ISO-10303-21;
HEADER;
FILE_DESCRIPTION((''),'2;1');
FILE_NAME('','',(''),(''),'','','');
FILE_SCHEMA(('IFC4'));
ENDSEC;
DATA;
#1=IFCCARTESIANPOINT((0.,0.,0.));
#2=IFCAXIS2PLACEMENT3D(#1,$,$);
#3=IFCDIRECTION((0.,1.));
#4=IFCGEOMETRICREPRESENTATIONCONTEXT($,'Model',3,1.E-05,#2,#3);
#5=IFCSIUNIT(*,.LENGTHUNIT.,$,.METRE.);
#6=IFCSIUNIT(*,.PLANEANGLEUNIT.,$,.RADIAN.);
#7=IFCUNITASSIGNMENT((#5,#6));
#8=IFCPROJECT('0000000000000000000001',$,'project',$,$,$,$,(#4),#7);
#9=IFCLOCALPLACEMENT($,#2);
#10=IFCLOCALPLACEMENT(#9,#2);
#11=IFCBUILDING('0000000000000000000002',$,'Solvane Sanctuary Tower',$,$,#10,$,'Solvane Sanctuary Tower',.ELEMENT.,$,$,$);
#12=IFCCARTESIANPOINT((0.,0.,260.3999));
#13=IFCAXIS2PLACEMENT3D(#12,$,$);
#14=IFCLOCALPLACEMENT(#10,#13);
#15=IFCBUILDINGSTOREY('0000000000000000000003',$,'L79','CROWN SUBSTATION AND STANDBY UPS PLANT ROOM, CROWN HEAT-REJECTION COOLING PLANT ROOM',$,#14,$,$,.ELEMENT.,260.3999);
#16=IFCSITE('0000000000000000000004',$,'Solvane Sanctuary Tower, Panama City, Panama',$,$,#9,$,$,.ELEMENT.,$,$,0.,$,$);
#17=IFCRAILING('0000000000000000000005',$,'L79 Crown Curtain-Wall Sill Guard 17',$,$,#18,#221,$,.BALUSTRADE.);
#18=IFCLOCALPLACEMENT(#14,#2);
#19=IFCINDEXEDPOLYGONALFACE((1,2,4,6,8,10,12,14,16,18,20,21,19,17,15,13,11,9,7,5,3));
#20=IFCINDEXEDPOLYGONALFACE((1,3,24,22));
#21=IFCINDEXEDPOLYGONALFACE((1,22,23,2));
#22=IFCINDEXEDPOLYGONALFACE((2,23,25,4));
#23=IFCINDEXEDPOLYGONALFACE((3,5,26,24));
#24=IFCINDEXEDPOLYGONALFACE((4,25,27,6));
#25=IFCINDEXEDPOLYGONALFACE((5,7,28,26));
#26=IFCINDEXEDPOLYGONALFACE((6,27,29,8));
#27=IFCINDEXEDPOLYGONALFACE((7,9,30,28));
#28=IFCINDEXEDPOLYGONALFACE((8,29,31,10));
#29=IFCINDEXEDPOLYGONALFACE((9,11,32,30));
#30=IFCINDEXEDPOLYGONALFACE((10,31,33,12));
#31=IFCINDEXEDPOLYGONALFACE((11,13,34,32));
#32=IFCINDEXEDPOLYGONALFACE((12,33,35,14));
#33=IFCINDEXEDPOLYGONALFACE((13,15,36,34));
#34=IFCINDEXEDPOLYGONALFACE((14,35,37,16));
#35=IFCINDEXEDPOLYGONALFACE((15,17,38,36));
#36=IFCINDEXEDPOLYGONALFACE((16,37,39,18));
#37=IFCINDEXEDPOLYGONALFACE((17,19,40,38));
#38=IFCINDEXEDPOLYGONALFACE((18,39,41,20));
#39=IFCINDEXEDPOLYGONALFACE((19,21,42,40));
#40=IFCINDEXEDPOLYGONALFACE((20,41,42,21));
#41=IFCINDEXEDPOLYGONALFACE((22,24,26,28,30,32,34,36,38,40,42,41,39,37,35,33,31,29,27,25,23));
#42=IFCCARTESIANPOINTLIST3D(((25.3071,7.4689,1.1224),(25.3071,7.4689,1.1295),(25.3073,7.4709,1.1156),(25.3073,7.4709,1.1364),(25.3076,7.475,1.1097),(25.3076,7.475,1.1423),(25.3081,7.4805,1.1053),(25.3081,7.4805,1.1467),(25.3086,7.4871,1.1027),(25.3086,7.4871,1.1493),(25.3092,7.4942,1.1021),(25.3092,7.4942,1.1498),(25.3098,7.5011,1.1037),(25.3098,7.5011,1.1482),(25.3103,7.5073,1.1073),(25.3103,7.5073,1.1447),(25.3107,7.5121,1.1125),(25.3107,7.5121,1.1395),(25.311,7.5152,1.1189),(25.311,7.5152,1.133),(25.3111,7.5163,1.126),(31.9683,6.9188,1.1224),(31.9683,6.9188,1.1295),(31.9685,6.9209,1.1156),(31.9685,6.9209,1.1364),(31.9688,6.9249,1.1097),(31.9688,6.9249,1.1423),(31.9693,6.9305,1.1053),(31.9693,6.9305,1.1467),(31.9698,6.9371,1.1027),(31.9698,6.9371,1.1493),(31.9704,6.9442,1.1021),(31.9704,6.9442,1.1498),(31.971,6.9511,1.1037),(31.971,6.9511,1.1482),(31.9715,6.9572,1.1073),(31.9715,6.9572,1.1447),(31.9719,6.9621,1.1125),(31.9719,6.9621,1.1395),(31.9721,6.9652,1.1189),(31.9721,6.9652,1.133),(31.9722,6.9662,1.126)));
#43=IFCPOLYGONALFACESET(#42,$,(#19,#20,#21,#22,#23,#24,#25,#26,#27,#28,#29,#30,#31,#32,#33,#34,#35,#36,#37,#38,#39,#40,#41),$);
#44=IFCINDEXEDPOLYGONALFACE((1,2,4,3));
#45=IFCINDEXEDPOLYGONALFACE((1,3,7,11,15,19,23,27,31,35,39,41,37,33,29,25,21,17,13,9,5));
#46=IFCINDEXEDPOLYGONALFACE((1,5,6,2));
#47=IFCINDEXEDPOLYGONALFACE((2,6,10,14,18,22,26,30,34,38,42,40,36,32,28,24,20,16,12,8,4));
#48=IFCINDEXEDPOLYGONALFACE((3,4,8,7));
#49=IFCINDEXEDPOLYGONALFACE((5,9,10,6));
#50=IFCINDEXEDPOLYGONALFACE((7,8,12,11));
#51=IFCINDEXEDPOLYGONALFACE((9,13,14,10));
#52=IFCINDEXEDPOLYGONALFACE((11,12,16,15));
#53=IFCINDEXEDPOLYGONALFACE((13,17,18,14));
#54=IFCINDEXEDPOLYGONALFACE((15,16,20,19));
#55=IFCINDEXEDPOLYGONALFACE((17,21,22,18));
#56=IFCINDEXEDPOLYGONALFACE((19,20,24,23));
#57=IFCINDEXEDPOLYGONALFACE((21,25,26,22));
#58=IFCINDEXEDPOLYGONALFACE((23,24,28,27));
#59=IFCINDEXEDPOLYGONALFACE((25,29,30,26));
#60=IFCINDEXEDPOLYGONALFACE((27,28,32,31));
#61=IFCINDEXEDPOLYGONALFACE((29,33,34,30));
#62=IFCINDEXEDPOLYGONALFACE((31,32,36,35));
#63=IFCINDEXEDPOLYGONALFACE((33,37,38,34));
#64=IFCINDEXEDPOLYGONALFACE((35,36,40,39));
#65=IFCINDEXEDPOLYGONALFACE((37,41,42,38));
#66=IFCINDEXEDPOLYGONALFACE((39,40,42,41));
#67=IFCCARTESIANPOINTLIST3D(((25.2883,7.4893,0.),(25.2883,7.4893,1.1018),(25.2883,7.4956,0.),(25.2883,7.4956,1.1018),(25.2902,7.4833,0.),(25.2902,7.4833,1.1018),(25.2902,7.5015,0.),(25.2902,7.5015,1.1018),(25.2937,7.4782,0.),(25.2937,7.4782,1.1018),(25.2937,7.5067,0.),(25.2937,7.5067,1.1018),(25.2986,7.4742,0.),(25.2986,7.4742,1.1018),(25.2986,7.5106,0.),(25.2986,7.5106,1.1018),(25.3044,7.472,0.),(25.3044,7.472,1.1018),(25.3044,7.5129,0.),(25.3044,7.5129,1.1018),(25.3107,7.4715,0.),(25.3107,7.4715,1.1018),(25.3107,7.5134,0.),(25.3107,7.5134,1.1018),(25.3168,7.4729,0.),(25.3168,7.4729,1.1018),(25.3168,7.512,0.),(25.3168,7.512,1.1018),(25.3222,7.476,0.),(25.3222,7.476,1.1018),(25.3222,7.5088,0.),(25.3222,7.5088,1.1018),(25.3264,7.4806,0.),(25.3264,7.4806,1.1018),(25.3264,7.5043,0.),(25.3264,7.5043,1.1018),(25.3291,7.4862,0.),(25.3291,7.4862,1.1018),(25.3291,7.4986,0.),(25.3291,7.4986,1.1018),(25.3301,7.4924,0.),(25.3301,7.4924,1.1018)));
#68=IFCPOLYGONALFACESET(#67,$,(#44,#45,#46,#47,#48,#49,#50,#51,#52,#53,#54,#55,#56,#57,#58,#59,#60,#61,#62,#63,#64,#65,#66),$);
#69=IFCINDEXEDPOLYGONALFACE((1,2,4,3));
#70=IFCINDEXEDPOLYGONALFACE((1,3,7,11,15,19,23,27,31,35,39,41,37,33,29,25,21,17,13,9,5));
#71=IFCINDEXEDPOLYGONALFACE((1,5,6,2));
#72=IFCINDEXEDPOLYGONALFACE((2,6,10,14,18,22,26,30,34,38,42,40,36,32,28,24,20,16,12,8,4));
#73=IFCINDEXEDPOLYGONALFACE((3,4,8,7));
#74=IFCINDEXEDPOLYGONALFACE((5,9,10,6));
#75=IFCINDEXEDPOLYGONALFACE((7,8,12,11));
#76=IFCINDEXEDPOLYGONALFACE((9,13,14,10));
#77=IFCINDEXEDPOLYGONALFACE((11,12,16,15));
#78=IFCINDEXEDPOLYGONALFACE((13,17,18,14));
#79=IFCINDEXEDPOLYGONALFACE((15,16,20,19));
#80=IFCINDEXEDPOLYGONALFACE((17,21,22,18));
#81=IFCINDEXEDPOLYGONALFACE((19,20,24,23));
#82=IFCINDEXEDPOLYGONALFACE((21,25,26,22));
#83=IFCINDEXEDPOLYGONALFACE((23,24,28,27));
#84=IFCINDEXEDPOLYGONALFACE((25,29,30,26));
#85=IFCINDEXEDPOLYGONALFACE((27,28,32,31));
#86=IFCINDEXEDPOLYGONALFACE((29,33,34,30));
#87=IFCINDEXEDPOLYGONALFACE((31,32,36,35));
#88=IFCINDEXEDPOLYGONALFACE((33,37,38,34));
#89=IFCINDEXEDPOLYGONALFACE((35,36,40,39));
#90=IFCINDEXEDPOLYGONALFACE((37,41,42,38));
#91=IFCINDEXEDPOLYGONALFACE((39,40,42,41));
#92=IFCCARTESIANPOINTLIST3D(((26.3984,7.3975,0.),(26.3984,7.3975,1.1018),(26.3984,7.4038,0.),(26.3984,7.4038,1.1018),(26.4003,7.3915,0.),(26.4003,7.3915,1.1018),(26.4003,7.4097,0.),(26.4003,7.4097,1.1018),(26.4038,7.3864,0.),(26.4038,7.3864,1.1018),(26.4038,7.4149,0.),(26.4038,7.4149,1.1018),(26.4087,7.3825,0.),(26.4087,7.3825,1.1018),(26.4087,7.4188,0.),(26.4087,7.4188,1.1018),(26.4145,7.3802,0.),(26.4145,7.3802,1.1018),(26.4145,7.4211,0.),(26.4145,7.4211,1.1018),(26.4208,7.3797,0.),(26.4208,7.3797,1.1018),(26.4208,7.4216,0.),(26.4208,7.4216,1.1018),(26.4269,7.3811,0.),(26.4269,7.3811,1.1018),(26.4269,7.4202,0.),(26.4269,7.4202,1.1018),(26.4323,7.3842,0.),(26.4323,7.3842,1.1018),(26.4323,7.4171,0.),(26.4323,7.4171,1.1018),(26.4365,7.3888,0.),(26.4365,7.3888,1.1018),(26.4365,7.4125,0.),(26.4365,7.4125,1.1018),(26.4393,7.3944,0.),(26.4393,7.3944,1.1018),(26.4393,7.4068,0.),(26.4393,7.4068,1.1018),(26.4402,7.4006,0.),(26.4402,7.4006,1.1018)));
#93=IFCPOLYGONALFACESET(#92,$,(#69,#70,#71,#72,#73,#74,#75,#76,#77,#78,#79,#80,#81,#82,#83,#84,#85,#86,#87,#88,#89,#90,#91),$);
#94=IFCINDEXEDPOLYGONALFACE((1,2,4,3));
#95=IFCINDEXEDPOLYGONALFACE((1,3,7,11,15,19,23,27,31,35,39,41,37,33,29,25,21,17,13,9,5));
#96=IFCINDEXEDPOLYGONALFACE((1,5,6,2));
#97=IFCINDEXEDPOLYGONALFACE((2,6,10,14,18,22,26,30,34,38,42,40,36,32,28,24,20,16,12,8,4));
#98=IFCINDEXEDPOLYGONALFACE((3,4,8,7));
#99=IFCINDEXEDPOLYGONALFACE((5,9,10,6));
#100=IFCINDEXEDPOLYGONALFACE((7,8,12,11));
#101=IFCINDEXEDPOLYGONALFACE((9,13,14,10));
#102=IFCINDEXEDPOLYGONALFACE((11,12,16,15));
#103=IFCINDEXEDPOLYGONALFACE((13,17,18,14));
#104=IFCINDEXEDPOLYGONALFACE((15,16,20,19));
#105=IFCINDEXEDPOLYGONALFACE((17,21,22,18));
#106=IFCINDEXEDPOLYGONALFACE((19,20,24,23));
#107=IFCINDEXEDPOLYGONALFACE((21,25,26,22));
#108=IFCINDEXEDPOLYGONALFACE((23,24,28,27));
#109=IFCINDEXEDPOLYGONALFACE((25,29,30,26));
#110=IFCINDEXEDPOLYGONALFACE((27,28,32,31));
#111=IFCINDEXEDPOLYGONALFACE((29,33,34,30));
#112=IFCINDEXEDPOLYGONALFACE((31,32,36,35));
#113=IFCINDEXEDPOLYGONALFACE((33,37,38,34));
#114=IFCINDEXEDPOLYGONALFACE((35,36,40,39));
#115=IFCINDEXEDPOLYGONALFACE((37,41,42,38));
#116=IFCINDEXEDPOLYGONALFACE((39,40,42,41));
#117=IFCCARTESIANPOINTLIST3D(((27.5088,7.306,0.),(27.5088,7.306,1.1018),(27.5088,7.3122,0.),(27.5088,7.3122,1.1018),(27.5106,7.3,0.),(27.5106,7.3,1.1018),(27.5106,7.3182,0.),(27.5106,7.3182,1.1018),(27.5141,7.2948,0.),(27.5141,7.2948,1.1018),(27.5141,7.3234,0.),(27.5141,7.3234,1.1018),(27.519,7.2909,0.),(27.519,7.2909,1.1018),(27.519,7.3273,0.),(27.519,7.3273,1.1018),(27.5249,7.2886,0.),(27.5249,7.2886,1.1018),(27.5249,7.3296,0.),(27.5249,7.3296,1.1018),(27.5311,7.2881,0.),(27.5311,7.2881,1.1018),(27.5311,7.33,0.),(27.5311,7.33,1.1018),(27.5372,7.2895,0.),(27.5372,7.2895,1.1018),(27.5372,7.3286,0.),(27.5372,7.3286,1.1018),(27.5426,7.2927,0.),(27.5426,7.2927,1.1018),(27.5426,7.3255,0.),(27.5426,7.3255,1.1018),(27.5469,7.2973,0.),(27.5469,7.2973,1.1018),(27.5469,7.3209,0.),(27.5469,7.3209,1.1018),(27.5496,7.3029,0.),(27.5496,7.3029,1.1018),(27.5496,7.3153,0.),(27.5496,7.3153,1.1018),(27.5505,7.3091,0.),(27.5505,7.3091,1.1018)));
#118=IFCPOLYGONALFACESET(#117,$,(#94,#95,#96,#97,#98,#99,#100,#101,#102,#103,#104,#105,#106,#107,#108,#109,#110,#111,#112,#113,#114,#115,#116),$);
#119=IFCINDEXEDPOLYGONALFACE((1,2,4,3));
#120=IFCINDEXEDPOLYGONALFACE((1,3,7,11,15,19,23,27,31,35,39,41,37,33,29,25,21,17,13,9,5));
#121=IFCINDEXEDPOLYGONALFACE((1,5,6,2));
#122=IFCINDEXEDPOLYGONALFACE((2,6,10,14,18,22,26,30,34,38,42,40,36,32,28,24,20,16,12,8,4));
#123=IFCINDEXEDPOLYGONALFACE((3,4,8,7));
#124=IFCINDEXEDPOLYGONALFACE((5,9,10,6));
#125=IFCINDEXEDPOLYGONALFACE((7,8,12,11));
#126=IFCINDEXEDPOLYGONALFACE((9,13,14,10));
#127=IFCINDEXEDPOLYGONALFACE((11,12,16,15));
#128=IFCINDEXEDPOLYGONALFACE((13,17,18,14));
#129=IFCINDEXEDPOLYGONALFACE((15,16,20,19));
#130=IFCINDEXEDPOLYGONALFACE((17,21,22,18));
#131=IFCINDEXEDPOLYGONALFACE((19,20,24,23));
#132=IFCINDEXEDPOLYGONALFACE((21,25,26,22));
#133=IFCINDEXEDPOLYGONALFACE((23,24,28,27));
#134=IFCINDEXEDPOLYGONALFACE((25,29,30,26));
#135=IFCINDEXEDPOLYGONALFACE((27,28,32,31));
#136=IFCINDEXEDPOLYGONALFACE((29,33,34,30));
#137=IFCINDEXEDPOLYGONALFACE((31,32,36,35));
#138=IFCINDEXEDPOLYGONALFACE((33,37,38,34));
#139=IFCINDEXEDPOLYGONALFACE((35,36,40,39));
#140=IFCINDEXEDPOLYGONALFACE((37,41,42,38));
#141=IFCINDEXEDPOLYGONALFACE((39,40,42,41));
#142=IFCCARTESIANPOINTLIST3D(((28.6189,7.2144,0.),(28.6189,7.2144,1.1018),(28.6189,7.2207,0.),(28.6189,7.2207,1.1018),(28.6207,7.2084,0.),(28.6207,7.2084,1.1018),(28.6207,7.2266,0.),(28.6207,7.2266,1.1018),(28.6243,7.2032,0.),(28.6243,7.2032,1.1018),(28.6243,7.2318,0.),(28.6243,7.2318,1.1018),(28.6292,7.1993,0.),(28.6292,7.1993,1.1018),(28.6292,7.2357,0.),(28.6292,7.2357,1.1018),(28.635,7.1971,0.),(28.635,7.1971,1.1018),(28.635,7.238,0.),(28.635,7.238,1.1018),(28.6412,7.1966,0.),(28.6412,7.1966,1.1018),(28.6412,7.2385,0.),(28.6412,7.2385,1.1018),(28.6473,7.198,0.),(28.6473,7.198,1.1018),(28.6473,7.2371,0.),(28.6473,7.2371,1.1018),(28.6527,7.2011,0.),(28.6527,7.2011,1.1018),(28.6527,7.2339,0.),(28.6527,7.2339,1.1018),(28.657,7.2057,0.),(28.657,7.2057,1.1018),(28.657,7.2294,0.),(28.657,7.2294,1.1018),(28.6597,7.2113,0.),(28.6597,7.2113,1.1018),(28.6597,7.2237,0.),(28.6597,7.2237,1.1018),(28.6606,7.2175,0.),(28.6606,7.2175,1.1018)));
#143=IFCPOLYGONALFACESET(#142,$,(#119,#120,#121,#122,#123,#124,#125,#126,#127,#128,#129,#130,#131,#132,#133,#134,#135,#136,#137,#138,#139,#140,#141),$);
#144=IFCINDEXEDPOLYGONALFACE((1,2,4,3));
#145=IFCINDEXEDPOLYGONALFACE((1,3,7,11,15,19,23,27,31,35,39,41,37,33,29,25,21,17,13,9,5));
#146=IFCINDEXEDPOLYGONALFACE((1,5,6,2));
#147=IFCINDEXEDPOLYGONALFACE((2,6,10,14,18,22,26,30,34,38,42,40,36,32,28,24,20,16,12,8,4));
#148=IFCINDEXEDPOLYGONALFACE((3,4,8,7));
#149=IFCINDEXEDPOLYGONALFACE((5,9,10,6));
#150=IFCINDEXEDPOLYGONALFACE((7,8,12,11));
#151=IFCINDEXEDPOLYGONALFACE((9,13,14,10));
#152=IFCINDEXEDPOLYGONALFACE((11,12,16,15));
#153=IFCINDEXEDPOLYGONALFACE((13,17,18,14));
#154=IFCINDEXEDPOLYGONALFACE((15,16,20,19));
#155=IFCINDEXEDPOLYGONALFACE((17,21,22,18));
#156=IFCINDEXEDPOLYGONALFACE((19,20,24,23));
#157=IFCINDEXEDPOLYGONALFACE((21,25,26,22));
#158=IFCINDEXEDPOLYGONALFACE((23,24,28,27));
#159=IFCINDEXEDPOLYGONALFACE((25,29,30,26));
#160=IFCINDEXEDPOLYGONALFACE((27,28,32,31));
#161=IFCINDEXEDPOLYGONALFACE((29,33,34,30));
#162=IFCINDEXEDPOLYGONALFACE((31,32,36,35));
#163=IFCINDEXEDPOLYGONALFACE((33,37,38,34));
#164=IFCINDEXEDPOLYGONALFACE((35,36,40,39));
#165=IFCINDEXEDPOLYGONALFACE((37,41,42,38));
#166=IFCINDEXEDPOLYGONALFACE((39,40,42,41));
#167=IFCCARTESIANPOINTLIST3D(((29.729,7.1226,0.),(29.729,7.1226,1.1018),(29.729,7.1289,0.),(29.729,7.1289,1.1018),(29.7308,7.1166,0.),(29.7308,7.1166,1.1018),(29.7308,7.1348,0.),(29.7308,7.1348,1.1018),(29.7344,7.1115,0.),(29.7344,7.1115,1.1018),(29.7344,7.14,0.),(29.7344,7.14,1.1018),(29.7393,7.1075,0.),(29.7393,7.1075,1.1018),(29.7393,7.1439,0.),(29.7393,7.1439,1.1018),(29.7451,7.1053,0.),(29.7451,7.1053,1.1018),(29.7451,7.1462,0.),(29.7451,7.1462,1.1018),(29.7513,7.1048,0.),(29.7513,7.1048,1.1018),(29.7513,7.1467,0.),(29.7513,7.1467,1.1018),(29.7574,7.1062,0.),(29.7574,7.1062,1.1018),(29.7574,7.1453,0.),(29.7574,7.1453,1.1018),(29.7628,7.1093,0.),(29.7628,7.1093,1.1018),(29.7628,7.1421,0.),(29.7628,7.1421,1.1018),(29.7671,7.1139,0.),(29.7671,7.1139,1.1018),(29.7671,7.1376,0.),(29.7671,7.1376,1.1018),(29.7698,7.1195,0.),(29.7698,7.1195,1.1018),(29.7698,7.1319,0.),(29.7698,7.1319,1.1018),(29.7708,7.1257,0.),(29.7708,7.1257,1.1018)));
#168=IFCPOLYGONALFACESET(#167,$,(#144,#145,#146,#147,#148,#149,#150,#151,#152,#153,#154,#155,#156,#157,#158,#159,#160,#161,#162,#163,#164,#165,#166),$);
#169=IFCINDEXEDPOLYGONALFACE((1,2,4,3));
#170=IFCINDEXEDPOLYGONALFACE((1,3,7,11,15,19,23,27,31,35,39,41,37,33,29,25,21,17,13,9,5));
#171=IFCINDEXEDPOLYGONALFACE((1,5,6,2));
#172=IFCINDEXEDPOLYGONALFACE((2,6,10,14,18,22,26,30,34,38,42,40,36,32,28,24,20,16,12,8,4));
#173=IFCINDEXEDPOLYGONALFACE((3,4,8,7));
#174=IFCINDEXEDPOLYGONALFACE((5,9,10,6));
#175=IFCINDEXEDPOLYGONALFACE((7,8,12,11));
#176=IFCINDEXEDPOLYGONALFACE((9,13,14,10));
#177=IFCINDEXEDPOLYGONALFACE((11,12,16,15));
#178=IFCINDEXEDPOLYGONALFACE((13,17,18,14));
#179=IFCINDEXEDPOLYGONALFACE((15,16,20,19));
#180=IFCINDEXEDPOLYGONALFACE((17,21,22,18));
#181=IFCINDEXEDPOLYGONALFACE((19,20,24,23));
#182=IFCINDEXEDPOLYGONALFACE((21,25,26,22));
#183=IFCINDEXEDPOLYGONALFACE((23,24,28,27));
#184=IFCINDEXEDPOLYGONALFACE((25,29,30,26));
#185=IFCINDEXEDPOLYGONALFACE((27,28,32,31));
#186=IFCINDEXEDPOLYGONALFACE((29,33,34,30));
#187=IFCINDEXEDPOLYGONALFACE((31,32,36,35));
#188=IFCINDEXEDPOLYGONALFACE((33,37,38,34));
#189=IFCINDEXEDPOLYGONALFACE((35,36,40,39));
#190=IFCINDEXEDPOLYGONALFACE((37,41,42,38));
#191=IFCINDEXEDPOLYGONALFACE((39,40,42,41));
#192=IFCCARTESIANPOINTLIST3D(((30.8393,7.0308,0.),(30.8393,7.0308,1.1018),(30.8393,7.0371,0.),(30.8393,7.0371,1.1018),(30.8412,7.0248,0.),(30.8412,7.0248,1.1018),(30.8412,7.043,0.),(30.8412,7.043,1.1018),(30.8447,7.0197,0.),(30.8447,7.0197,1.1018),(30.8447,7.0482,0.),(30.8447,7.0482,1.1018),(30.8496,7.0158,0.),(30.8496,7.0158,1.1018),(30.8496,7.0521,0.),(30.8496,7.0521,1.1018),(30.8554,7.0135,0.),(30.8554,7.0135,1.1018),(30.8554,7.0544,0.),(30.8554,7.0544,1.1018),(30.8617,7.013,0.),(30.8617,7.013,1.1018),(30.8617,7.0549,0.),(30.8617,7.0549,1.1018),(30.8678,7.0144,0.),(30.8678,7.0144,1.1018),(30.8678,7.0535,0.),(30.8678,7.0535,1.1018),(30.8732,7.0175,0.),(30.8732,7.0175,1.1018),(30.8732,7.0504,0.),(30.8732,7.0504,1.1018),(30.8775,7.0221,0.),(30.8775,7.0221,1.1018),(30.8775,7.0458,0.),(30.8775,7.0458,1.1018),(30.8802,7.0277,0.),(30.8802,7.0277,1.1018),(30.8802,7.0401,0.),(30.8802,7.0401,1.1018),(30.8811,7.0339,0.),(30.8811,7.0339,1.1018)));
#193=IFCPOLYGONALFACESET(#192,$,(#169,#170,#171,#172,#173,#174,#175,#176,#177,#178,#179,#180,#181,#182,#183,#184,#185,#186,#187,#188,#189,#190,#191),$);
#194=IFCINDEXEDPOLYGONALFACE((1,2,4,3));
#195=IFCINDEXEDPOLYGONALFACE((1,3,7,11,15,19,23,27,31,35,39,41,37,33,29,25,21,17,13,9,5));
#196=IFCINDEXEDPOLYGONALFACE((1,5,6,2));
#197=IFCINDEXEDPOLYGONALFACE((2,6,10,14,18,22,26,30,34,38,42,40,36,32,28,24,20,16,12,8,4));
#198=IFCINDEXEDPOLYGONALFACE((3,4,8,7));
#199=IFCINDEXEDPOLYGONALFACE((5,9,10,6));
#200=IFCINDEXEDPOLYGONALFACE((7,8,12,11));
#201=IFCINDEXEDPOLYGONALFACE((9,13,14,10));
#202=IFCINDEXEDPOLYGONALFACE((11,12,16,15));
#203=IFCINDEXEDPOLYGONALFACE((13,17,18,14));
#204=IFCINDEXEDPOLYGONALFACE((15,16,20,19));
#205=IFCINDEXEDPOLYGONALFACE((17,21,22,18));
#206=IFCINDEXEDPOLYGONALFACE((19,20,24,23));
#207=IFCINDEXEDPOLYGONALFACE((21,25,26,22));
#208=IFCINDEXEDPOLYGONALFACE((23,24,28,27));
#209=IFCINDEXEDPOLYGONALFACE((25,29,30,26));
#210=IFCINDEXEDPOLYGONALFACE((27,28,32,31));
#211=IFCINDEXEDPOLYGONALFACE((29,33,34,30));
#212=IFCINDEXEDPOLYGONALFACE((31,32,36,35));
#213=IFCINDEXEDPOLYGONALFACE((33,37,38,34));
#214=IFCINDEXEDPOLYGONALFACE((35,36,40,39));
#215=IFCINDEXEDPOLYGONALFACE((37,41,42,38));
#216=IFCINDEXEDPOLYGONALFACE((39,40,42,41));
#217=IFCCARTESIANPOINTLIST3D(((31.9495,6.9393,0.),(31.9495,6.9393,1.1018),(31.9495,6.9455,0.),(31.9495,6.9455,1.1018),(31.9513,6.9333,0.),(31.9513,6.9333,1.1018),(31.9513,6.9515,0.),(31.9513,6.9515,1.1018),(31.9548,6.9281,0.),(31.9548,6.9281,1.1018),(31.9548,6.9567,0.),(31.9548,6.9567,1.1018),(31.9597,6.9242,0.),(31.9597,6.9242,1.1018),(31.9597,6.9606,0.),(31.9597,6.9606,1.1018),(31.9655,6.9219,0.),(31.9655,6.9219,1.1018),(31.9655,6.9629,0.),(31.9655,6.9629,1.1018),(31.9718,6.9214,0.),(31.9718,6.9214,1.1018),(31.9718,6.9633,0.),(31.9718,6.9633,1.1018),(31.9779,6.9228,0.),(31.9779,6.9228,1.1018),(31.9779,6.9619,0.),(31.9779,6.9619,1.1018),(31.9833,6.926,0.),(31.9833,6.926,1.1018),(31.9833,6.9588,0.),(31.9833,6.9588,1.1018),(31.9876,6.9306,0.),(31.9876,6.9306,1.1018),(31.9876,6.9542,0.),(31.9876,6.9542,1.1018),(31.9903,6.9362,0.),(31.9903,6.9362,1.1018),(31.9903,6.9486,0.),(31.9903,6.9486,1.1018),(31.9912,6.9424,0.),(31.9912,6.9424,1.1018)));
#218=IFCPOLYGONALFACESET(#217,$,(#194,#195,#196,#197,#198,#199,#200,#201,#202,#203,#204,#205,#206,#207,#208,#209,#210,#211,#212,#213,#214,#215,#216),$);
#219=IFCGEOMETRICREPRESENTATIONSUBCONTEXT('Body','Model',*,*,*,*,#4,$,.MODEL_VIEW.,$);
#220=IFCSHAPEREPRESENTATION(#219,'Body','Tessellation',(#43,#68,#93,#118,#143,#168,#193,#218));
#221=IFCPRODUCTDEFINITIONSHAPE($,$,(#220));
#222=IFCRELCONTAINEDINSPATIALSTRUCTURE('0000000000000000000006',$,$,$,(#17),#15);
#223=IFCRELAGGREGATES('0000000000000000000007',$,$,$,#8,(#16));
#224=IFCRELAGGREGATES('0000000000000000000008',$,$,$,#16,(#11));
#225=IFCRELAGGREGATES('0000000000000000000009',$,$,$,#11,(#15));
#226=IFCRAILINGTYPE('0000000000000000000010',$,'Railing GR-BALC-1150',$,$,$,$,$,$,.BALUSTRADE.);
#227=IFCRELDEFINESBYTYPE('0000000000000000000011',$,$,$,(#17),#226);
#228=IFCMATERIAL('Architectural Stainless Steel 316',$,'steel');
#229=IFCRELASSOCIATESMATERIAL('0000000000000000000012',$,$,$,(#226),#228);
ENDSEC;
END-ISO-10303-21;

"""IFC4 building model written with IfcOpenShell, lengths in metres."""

from ifc_helpers import new_model, si_unit, direction, frame, origin, origin_2d, place, context, subcontext, project, spatial, circle, extrude, material, type_object, element, save


model = new_model("IFC4")

# Units and contexts
model_context = context("Model", 3, precision=1e-05, world=origin(), true_north=direction((0.0, 1.0)))
body_context = subcontext(model_context, "Body", "Model", "MODEL_VIEW")
ifc_project = project(units=[si_unit("LENGTHUNIT", "METRE"), si_unit("PLANEANGLEUNIT", "RADIAN")], contexts=[model_context])

# Site, building, storey
site_placement = place(None, origin())
site = spatial("IfcSite", under=ifc_project, at=site_placement, Name="Solvane Sanctuary Tower, Panama City, Panama", CompositionType="ELEMENT", RefElevation=0.0)
building_placement = place(site_placement, origin())
building = spatial("IfcBuilding", under=site, at=building_placement, Name="Solvane Sanctuary Tower", LongName="Solvane Sanctuary Tower", CompositionType="ELEMENT")
storey_placement = place(building_placement, frame((0.0, 0.0, 260.3999)))
storey = spatial("IfcBuildingStorey", under=building, at=storey_placement, Name="L79", Description="CROWN SUBSTATION AND STANDBY UPS PLANT ROOM, CROWN HEAT-REJECTION COOLING PLANT ROOM", CompositionType="ELEMENT", Elevation=260.3999)

# Railing
ifc_material_1 = material(Name="Architectural Stainless Steel 316", Category="steel")
railing_type = type_object("IfcRailingType", Name="Railing GR-BALC-1150", PredefinedType="BALUSTRADE", material=ifc_material_1)
railing_placement = place(storey_placement, frame((25.3091, 7.4924, 0.0)))
element("IfcRailing", 1, at=railing_placement, inside=storey, type_object=railing_type, Name="L79 Crown Curtain-Wall Sill Guard 17", PredefinedType="BALUSTRADE", context=body_context, shape_type="SweptSolid", body=[
    extrude(circle(Radius=0.0239, at=origin_2d()), frame((0.0, 0.0, 1.126), z_axis=(0.996608, -0.082296, 0.0), x_axis=(0.082296, 0.996608, 0.0)), (0.0, 0.0, 1.0), 6.6838),
    extrude(circle(Radius=0.021, at=origin_2d()), origin(), (0.0, 0.0, 1.0), 1.1018),
    extrude(circle(Radius=0.021, at=origin_2d()), frame((1.1101, -0.0918, 0.0)), (0.0, 0.0, 1.0), 1.1018),
    extrude(circle(Radius=0.021, at=origin_2d()), frame((2.2205, -0.1833, 0.0)), (0.0, 0.0, 1.0), 1.1018),
    extrude(circle(Radius=0.021, at=origin_2d()), frame((3.3306, -0.2749, 0.0)), (0.0, 0.0, 1.0), 1.1018),
    extrude(circle(Radius=0.021, at=origin_2d()), frame((4.4407, -0.3667, 0.0)), (0.0, 0.0, 1.0), 1.1018),
    extrude(circle(Radius=0.021, at=origin_2d()), frame((5.551, -0.4585, 0.0)), (0.0, 0.0, 1.0), 1.1018),
    extrude(circle(Radius=0.021, at=origin_2d()), frame((6.6611, -0.55, 0.0)), (0.0, 0.0, 1.0), 1.1018),
])

save(model, "model.ifc")
